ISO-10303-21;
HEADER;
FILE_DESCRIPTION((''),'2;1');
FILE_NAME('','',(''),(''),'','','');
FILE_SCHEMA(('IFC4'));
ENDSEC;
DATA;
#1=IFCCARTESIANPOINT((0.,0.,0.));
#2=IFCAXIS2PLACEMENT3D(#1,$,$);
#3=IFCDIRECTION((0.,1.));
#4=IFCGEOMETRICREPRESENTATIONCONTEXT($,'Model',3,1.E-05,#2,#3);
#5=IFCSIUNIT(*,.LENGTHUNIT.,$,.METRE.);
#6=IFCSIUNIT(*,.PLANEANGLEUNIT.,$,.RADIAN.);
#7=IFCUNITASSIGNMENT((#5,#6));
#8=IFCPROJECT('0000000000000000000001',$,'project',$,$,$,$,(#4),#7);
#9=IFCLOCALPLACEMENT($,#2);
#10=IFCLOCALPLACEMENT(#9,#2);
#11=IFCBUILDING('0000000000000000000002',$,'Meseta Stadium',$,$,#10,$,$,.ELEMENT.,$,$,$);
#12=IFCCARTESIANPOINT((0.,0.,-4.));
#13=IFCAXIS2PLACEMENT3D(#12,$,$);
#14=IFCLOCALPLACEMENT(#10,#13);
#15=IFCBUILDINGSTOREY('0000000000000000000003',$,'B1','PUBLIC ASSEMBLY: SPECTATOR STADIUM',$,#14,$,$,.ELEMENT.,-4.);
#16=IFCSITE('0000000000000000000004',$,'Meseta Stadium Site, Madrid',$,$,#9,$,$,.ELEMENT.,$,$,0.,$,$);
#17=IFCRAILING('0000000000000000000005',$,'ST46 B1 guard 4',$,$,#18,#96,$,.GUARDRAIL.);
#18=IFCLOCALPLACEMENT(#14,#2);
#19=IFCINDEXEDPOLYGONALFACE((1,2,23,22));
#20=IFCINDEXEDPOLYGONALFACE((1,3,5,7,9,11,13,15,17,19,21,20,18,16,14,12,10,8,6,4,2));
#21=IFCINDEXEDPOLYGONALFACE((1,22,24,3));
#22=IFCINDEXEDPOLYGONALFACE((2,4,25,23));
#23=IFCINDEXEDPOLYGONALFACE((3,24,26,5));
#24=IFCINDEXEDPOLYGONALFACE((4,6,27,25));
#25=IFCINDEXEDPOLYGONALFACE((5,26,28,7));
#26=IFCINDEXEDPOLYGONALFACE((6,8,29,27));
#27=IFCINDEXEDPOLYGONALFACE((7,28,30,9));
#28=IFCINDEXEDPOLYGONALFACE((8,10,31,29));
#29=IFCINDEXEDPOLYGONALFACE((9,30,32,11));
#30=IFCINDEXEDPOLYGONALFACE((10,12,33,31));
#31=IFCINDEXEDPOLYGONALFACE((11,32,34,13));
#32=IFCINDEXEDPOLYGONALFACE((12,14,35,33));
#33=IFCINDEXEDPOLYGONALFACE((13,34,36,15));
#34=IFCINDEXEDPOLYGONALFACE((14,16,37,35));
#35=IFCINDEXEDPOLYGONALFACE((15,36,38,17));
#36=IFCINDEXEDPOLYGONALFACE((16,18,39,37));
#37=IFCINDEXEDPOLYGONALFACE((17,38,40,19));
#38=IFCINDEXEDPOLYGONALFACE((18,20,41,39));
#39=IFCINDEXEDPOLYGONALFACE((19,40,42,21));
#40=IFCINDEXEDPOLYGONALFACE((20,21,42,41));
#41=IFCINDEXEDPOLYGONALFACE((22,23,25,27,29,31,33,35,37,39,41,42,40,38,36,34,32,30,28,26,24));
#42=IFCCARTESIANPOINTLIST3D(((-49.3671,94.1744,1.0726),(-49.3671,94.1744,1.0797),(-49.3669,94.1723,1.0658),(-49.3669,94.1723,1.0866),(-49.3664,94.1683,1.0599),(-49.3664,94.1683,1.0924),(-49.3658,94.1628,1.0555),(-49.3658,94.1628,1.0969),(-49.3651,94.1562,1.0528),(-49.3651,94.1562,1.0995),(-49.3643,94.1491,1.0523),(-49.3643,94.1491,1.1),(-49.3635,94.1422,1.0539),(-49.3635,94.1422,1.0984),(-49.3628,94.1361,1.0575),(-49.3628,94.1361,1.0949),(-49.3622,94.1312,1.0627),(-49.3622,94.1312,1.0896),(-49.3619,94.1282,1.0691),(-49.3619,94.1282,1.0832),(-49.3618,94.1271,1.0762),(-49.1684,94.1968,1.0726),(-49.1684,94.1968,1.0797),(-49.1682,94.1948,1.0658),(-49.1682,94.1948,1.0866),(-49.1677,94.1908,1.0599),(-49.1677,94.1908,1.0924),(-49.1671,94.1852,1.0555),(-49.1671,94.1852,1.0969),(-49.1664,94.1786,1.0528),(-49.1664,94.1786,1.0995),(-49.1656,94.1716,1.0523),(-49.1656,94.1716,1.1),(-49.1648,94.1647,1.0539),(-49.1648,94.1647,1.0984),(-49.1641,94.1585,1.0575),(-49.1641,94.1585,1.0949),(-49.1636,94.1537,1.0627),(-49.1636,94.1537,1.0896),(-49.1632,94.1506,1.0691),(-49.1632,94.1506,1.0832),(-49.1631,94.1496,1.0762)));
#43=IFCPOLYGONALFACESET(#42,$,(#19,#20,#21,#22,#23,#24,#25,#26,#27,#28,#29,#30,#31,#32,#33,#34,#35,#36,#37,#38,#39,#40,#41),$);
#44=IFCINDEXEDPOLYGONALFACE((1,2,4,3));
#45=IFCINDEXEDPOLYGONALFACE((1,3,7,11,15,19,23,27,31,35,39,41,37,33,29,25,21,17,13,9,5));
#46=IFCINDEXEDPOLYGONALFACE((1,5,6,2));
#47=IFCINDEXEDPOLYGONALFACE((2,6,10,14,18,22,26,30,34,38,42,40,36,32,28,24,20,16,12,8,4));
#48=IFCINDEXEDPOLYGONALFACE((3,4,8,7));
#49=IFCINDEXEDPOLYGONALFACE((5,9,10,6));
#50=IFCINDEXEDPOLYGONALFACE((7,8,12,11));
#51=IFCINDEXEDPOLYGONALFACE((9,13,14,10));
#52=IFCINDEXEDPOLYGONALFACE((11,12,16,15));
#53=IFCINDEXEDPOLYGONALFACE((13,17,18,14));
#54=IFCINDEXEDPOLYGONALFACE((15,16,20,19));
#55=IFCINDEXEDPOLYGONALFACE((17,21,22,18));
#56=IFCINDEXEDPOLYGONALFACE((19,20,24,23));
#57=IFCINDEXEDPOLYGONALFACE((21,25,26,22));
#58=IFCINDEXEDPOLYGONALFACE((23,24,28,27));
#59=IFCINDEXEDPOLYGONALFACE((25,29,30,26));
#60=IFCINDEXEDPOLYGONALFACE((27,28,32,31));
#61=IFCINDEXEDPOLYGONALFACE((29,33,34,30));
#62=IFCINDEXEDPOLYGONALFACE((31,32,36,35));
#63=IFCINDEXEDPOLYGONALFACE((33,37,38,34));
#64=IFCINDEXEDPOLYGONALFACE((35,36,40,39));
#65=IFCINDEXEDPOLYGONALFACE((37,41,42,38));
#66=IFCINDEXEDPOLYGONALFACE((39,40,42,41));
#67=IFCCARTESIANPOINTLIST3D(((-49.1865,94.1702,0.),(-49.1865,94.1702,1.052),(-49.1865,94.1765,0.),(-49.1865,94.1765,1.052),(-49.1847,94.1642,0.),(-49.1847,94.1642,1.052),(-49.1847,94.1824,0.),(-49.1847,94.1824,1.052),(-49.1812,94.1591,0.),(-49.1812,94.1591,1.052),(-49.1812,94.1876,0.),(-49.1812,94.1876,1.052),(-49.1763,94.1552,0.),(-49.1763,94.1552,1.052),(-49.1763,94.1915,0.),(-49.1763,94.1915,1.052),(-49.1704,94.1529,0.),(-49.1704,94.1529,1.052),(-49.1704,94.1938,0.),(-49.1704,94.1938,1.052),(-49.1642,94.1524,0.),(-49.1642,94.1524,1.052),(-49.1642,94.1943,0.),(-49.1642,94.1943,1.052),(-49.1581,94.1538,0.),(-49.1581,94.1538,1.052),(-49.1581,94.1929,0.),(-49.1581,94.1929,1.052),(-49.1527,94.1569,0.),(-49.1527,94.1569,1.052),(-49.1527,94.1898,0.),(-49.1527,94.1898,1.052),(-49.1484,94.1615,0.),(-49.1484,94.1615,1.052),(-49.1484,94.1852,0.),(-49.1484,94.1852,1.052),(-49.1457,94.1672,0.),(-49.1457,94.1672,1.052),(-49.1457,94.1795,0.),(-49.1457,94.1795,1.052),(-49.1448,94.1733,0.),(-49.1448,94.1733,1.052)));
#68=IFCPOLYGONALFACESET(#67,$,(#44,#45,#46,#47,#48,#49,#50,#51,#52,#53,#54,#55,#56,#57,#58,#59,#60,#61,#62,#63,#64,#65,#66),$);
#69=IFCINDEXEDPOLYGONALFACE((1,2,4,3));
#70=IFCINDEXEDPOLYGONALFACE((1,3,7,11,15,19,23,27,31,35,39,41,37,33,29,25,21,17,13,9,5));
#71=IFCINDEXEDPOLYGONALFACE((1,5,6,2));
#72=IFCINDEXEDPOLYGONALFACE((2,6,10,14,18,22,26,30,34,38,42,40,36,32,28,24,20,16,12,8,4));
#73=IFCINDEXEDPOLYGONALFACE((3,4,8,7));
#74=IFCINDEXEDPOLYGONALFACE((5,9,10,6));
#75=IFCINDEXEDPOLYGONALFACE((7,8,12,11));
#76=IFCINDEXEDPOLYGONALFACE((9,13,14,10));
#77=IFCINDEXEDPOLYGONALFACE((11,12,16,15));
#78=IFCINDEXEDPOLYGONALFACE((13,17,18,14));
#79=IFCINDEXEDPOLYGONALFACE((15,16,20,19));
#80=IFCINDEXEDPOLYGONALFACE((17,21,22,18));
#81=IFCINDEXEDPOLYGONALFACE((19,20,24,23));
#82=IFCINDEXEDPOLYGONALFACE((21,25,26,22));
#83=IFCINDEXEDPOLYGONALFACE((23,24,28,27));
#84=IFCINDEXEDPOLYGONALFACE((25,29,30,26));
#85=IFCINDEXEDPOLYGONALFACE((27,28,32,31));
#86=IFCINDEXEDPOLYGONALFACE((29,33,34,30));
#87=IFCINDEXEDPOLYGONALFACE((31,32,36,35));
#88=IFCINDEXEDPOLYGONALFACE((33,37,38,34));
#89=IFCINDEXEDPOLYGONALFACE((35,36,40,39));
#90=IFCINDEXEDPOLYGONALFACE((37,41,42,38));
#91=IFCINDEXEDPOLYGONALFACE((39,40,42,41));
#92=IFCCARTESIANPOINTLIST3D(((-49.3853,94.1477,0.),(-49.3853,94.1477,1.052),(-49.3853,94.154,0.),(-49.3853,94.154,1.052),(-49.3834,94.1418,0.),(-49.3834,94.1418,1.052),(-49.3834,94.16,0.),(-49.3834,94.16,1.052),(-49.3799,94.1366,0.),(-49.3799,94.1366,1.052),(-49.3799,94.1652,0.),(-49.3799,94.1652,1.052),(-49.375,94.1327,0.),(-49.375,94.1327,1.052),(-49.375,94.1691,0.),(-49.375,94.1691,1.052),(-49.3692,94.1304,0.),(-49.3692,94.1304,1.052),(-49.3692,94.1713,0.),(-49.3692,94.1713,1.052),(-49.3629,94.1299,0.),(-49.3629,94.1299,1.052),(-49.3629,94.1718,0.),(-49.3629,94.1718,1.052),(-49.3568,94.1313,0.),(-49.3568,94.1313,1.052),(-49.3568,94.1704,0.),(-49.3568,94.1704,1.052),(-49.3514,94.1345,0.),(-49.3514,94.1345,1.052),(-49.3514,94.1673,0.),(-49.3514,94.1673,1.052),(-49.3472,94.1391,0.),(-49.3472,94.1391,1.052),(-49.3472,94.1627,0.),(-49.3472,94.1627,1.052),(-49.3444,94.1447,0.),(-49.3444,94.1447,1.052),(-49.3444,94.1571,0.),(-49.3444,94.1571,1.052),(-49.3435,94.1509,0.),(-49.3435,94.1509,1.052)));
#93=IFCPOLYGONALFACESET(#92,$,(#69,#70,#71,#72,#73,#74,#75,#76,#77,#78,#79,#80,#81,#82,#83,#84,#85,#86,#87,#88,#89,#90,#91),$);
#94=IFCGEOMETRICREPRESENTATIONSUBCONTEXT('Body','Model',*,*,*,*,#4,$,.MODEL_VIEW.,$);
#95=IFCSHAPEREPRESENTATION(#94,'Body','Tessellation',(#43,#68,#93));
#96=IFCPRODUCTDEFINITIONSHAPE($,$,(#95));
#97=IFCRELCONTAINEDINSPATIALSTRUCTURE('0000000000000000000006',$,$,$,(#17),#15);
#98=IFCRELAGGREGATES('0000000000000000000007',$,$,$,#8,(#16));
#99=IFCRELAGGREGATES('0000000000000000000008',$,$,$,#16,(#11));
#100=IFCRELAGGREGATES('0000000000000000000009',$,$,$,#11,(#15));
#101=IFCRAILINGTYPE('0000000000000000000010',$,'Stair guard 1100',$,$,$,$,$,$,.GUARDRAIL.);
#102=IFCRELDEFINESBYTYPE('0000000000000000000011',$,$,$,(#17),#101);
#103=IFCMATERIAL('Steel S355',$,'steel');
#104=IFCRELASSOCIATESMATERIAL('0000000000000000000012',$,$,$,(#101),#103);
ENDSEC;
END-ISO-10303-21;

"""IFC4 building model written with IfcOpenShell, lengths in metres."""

from ifc_helpers import new_model, si_unit, direction, frame, origin, origin_2d, place, context, subcontext, project, spatial, circle, extrude, material, type_object, element, save


model = new_model("IFC4")

# Units and contexts
model_context = context("Model", 3, precision=1e-05, world=origin(), true_north=direction((0.0, 1.0)))
body_context = subcontext(model_context, "Body", "Model", "MODEL_VIEW")
ifc_project = project(units=[si_unit("LENGTHUNIT", "METRE"), si_unit("PLANEANGLEUNIT", "RADIAN")], contexts=[model_context])

# Site, building, storey
site_placement = place(None, origin())
site = spatial("IfcSite", under=ifc_project, at=site_placement, Name="Meseta Stadium Site, Madrid", CompositionType="ELEMENT", RefElevation=0.0)
building_placement = place(site_placement, origin())
building = spatial("IfcBuilding", under=site, at=building_placement, Name="Meseta Stadium", CompositionType="ELEMENT")
storey_placement = place(building_placement, frame((0.0, 0.0, -4.0)))
storey = spatial("IfcBuildingStorey", under=building, at=storey_placement, Name="B1", Description="PUBLIC ASSEMBLY: SPECTATOR STADIUM", CompositionType="ELEMENT", Elevation=-4.0)

# Railing
ifc_material_1 = material(Name="Steel S355", Category="steel")
railing_type_1 = type_object("IfcRailingType", Name="Stair guard 1100", PredefinedType="GUARDRAIL", material=ifc_material_1)
railing_1_placement = place(storey_placement, frame((-49.1658, 94.1733, 0.0)))
element("IfcRailing", 1, at=railing_1_placement, inside=storey, type_object=railing_type_1, Name="ST46 B1 guard 4", PredefinedType="GUARDRAIL", context=body_context, shape_type="SweptSolid", body=[
    extrude(circle(Radius=0.0239, at=origin_2d()), frame((0.0, 0.0, 1.0762), z_axis=(-0.993674, -0.112307, 0.0), x_axis=(0.112307, -0.993674, 0.0)), (0.0, 0.0, 1.0), 0.2),
    extrude(circle(Radius=0.021, at=origin_2d()), origin(), (0.0, 0.0, 1.0), 1.052),
    extrude(circle(Radius=0.021, at=origin_2d()), frame((-0.1987, -0.0225, 0.0)), (0.0, 0.0, 1.0), 1.052),
])

save(model, "model.ifc")
